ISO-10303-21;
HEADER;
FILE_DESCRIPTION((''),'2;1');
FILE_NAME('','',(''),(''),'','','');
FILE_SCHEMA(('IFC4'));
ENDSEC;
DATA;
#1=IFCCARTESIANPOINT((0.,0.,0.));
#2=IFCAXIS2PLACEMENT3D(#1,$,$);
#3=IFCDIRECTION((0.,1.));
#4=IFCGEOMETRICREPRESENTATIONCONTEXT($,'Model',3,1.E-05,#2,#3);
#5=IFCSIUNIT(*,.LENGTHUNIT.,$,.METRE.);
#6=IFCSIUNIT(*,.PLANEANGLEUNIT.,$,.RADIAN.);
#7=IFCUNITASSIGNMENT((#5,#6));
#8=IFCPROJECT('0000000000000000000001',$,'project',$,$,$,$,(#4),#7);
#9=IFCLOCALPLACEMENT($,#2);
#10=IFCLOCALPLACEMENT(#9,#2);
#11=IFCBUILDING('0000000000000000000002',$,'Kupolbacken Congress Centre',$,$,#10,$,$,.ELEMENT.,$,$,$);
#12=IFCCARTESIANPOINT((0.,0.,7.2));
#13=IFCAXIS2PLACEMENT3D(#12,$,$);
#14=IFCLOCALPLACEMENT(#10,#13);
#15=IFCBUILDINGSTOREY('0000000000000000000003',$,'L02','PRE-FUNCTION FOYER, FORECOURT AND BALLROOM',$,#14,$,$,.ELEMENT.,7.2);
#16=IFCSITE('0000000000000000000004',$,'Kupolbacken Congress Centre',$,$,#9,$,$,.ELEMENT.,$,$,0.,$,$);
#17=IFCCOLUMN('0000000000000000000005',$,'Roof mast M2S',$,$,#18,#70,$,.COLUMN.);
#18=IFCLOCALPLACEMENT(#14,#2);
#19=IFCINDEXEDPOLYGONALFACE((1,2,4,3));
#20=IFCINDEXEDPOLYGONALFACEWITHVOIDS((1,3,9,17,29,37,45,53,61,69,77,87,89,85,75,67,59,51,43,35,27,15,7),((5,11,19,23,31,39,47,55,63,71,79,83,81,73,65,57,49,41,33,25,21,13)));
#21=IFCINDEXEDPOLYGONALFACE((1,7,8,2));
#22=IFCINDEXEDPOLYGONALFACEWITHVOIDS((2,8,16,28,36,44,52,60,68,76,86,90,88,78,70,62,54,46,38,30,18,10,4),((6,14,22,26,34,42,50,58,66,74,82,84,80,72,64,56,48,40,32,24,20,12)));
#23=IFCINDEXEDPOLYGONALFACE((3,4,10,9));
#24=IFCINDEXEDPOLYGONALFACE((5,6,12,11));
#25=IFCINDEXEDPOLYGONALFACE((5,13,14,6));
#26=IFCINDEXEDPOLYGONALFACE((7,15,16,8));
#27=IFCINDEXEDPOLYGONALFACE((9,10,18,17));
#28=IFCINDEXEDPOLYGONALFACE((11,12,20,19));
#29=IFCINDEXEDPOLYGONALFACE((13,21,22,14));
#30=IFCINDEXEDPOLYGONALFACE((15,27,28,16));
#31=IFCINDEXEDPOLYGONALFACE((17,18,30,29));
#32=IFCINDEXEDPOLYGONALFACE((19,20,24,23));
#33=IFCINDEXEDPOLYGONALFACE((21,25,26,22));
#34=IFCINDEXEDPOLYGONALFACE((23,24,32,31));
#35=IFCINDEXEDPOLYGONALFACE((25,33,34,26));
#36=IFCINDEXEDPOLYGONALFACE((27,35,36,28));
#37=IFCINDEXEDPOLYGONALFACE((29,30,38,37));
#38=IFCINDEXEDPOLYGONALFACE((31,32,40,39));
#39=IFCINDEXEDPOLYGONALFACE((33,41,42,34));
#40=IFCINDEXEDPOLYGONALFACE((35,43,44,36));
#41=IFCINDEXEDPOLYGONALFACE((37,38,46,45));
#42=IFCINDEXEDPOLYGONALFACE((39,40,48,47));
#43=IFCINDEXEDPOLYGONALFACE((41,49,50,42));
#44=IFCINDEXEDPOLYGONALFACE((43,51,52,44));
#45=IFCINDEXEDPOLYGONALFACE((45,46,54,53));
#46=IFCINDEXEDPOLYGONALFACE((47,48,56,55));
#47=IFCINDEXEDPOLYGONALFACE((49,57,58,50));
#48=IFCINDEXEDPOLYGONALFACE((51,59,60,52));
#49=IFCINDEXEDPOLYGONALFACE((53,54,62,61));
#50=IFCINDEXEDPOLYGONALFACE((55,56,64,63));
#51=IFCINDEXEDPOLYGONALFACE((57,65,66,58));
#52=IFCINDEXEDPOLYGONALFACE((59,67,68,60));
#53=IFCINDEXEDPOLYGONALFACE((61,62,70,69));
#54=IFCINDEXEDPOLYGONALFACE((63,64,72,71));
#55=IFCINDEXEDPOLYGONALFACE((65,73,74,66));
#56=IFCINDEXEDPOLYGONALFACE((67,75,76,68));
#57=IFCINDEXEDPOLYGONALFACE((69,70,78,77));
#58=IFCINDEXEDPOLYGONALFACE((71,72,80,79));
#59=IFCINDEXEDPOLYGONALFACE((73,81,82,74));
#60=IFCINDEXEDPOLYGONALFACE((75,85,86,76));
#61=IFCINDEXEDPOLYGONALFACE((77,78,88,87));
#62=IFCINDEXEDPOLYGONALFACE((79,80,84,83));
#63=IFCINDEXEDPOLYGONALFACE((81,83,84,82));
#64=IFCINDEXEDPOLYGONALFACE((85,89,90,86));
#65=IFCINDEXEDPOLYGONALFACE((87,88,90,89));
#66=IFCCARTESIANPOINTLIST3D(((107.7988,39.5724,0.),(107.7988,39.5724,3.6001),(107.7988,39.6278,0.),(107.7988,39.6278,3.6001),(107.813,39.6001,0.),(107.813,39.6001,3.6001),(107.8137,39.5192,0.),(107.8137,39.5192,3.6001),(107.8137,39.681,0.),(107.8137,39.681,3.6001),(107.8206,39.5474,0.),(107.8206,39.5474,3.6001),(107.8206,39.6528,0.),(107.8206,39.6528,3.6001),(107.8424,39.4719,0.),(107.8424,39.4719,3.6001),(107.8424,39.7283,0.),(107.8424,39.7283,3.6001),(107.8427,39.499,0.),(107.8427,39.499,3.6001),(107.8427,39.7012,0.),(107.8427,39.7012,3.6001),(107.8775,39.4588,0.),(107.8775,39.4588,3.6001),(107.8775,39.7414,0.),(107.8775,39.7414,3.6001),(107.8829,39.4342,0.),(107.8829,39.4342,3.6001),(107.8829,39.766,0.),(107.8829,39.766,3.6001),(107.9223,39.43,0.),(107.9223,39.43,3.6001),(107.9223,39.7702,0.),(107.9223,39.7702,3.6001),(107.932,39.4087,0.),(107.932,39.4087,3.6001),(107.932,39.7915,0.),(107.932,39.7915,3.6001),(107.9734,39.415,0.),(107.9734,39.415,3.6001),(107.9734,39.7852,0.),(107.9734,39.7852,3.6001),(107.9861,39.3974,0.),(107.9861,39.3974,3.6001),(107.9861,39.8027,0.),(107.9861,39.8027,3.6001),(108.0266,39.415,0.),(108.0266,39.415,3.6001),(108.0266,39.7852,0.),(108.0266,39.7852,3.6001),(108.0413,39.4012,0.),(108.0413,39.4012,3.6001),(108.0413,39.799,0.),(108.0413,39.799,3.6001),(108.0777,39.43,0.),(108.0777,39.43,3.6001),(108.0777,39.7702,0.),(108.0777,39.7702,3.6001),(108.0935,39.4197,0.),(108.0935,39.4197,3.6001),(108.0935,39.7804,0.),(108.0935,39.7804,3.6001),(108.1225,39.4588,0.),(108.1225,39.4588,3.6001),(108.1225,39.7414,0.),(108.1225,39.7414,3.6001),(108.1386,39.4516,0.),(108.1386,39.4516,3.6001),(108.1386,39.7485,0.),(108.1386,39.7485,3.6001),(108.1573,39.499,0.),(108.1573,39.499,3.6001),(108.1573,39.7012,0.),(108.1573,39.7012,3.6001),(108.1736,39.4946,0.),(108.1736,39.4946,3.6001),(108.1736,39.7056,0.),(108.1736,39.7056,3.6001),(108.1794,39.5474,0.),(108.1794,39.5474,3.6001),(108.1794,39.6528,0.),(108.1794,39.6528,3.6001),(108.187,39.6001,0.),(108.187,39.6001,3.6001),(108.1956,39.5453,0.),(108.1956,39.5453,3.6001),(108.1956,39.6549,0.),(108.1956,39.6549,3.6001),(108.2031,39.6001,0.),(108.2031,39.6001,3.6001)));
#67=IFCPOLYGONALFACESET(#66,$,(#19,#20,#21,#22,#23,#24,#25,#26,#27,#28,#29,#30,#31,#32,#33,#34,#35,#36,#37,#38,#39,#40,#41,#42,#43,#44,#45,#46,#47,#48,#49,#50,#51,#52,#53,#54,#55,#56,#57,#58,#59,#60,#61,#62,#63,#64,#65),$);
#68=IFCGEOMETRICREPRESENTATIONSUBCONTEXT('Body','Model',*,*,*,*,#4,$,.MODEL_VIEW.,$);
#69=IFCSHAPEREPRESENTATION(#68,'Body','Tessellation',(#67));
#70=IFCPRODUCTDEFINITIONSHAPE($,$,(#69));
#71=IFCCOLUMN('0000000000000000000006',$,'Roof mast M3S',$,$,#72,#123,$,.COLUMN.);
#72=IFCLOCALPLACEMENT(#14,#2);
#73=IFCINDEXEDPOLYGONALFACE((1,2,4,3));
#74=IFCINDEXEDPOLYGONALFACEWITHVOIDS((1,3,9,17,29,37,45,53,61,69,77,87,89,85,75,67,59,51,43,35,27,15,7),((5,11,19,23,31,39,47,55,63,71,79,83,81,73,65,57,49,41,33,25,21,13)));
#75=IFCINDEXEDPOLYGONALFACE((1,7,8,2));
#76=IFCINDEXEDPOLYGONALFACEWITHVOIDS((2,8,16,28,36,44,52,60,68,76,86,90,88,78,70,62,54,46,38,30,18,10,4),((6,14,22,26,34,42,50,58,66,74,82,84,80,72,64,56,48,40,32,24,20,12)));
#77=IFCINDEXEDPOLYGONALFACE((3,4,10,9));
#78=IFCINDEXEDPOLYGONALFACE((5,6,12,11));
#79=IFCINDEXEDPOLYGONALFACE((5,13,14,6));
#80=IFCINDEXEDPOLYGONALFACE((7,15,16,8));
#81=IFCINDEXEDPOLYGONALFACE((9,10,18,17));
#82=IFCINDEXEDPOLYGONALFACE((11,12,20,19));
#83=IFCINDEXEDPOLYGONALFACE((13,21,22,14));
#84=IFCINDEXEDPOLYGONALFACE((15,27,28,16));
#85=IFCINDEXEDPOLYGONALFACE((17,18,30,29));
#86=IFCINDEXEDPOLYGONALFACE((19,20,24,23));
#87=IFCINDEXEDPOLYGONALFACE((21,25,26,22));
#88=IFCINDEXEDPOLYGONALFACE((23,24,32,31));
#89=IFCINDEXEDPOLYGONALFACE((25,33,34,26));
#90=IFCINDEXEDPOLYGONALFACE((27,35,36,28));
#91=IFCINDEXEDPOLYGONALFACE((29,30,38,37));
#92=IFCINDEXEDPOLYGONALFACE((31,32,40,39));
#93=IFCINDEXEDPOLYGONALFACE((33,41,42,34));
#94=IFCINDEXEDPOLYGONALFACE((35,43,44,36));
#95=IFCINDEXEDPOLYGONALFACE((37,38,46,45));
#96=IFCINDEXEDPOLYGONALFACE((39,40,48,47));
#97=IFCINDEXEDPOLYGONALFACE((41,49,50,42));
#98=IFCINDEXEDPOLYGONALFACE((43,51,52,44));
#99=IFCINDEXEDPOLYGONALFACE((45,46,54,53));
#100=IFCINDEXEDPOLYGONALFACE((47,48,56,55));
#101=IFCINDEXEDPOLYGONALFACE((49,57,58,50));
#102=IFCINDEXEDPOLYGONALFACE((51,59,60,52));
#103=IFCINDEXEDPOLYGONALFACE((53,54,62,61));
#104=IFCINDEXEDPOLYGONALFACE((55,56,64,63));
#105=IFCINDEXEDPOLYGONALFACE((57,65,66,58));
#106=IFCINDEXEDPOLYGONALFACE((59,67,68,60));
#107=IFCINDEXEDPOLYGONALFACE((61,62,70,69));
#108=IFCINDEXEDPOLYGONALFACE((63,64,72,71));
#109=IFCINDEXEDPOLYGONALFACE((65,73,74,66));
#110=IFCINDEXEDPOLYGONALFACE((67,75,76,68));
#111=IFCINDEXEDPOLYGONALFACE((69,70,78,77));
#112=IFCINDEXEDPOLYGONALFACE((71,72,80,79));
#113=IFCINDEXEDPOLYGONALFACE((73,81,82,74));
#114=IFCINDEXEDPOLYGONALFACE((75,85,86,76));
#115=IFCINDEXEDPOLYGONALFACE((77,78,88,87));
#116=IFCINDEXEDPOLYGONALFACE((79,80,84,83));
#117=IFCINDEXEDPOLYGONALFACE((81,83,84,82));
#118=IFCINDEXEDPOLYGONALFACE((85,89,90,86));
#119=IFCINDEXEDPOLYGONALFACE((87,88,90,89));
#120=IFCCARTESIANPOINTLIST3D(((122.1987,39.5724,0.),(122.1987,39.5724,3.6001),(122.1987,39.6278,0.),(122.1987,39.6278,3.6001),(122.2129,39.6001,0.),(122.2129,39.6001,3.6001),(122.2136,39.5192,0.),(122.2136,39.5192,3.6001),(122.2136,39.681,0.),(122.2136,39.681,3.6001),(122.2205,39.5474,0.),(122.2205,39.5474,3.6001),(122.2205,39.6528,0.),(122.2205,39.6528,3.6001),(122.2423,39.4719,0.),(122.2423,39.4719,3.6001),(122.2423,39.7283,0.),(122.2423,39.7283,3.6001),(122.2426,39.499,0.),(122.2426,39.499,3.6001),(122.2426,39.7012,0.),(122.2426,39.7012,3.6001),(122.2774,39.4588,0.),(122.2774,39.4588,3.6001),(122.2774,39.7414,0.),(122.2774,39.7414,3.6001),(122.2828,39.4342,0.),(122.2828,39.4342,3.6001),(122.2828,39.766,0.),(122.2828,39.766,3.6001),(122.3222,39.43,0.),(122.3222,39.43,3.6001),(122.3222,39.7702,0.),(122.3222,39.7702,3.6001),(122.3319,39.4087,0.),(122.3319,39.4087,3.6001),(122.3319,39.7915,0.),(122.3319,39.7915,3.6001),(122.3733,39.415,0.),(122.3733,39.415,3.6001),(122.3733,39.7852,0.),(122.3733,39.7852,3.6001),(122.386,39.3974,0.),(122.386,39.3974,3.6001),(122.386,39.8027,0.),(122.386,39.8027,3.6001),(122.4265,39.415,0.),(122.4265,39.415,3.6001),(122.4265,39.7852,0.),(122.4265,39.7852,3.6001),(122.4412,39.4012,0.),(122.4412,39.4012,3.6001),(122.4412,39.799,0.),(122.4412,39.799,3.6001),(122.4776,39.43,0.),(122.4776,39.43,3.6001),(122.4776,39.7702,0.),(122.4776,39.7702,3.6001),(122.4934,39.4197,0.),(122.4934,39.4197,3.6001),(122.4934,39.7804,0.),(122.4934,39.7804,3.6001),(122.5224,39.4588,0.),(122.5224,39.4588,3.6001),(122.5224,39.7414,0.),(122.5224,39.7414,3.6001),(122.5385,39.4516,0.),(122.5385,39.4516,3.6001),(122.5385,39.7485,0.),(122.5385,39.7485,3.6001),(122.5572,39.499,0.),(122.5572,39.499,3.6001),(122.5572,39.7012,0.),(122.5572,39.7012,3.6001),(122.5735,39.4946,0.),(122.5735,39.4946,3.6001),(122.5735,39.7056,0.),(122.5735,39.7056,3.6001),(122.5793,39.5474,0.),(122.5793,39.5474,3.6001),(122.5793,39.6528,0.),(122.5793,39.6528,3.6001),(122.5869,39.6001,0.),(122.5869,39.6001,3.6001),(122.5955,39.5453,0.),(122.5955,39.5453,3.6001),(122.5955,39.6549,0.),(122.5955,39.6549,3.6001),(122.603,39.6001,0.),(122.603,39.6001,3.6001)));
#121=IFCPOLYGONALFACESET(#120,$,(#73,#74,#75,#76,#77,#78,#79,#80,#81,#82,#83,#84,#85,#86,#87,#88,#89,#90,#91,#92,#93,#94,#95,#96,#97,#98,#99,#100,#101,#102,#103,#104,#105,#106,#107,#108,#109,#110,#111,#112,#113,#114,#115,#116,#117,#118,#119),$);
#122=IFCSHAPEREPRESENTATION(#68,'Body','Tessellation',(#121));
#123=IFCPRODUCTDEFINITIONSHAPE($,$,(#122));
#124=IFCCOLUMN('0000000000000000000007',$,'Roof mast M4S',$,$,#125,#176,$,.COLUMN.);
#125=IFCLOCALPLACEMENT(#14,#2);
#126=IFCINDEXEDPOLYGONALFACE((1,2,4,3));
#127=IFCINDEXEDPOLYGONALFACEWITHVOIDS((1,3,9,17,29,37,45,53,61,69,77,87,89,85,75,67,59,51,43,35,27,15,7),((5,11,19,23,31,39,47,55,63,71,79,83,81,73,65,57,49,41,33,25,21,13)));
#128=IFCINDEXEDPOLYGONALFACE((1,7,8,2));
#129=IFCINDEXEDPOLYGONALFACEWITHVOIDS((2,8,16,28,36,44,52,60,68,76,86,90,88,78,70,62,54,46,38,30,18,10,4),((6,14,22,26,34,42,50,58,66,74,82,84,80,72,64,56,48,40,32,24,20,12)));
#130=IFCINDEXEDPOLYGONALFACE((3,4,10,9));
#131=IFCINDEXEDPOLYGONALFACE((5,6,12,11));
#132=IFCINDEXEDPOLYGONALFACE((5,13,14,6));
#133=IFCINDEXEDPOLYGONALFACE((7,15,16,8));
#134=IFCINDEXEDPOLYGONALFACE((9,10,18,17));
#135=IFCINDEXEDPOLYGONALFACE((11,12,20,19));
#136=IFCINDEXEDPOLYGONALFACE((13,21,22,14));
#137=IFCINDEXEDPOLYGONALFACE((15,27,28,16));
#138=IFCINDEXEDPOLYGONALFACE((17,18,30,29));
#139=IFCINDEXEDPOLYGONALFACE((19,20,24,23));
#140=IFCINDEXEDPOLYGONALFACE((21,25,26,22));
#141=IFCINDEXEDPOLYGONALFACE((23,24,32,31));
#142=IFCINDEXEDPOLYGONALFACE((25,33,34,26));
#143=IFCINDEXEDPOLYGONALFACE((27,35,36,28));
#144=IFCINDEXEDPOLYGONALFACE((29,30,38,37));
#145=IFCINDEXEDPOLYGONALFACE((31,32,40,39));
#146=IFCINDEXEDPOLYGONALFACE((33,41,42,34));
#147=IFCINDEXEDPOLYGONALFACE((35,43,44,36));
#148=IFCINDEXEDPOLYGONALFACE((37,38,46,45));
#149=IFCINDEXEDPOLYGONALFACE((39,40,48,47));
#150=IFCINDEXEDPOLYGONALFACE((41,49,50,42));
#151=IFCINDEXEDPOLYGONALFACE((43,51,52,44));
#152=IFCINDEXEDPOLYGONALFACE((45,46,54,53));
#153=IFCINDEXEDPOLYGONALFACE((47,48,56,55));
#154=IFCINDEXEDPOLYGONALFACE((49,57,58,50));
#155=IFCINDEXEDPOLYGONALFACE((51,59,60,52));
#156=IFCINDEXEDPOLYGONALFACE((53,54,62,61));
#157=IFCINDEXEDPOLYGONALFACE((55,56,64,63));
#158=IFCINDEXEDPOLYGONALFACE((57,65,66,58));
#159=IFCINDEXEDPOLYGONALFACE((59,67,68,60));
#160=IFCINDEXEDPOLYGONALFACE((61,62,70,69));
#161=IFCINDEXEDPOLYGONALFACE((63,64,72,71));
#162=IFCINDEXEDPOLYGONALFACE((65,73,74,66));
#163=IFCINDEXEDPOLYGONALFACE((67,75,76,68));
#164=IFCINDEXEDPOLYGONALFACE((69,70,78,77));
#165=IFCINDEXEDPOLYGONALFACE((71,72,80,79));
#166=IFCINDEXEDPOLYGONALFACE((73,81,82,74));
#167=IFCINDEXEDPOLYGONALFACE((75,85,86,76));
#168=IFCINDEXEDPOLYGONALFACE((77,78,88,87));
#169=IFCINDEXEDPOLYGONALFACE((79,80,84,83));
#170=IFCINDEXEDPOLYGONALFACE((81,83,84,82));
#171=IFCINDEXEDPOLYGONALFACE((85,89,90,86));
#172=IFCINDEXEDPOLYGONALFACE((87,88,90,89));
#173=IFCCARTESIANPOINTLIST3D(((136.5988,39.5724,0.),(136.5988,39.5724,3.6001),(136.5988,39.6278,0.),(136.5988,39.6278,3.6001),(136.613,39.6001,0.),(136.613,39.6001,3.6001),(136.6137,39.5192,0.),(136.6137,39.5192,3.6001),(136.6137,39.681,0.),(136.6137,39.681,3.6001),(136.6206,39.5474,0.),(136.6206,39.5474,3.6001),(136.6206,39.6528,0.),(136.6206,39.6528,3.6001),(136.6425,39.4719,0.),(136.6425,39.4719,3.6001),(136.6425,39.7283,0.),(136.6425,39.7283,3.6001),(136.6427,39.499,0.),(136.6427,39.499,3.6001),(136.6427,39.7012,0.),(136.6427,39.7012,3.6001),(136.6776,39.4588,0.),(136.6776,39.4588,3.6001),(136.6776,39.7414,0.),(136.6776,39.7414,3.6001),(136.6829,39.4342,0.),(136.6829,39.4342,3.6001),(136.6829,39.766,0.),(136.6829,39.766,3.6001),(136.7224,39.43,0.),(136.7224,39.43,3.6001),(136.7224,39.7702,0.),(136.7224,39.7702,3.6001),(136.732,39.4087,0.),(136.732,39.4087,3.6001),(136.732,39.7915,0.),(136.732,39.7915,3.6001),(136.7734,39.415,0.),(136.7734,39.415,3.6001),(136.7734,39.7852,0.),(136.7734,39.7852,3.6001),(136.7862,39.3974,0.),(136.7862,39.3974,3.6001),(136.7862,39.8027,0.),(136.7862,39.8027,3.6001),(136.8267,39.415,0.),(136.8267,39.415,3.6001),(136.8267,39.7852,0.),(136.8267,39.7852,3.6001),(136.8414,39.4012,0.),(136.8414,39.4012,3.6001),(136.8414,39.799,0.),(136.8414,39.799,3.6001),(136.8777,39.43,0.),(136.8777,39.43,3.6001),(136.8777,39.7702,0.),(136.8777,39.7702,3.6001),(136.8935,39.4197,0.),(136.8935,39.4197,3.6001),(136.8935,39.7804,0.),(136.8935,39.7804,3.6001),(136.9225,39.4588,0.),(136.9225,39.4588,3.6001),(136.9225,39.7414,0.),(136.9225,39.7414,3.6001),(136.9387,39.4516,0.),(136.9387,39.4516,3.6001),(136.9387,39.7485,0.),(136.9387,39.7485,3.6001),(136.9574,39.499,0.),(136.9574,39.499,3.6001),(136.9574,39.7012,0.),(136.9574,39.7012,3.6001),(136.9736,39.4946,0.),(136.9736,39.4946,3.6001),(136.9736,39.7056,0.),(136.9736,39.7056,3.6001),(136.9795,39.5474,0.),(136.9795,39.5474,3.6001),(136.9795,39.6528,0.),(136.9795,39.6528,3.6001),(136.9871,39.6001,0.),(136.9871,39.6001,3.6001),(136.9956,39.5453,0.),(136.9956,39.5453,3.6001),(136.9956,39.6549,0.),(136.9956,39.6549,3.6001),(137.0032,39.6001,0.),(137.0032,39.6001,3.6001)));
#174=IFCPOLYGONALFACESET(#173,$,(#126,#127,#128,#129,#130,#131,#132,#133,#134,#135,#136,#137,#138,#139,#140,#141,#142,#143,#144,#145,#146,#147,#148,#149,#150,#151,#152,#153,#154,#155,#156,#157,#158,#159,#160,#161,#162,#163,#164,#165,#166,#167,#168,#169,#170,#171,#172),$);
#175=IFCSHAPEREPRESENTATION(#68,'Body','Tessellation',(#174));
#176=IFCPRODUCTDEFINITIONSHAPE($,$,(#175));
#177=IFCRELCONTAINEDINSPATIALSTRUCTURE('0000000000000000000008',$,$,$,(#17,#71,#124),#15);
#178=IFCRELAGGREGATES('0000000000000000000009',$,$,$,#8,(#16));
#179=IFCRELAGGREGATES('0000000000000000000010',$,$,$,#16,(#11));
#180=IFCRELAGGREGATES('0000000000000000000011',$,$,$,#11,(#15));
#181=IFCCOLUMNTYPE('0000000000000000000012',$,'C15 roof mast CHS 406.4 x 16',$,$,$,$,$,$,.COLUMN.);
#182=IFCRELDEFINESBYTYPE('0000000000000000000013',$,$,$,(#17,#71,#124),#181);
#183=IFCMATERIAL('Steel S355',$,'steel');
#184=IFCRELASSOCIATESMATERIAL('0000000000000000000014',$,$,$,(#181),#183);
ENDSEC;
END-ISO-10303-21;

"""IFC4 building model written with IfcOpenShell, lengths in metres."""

from ifc_helpers import new_model, si_unit, direction, frame, origin, origin_2d, place, context, subcontext, project, spatial, hollow_circle, extrude, material, material_profile, profile_set, type_object, element, save


model = new_model("IFC4")

# Units and contexts
model_context = context("Model", 3, precision=1e-05, world=origin(), true_north=direction((0.0, 1.0)))
body_context = subcontext(model_context, "Body", "Model", "MODEL_VIEW")
ifc_project = project(units=[si_unit("LENGTHUNIT", "METRE"), si_unit("PLANEANGLEUNIT", "RADIAN")], contexts=[model_context])

# Site, building, storey
site_placement = place(None, origin())
site = spatial("IfcSite", under=ifc_project, at=site_placement, Name="Kupolbacken Congress Centre", CompositionType="ELEMENT", RefElevation=0.0)
building_placement = place(site_placement, origin())
building = spatial("IfcBuilding", under=site, at=building_placement, Name="Kupolbacken Congress Centre", CompositionType="ELEMENT")
storey_placement = place(building_placement, frame((0.0, 0.0, 7.2)))
storey = spatial("IfcBuildingStorey", under=building, at=storey_placement, Name="L02", Description="PRE-FUNCTION FOYER, FORECOURT AND BALLROOM", CompositionType="ELEMENT", Elevation=7.2)

# Columns
ifc_material_1 = material(Name="Steel S355", Category="steel")
ifc_material_profile = material_profile(ifc_material_1, hollow_circle(Radius=0.2031, WallThickness=0.0161, at=origin_2d()), Name="CHS 406.4 x 16")
ifc_profile_set = profile_set([ifc_material_profile], Name="Steel S355")
column_type = type_object("IfcColumnType", Name="C15 roof mast CHS 406.4 x 16", PredefinedType="COLUMN", material=ifc_profile_set)
for number, where, z_axis, x_axis, name in (
    (1, (108.0, 39.6001, 0.0), (0.0, 0.0, 1.0), (1.0, 0.0, 0.0), "Roof mast M2S"),
    (2, (122.3999, 39.6001, 0.0), (0.0, 0.0, 1.0), (1.0, 0.0, 0.0), "Roof mast M3S"),
    (3, (136.8, 39.6001, 0.0), (0.0, 0.0, 1.0), (1.0, 0.0, 0.0), "Roof mast M4S"),
):
    element("IfcColumn", number, at=place(storey_placement, frame(where, z_axis=z_axis, x_axis=x_axis)), inside=storey, type_object=column_type, Name=name, PredefinedType="COLUMN", context=body_context, shape_type="SweptSolid", body=[
        extrude(hollow_circle(Radius=0.2031, WallThickness=0.0161, at=origin_2d()), origin(), (0.0, 0.0, 1.0), 3.6001),
    ])

save(model, "model.ifc")
